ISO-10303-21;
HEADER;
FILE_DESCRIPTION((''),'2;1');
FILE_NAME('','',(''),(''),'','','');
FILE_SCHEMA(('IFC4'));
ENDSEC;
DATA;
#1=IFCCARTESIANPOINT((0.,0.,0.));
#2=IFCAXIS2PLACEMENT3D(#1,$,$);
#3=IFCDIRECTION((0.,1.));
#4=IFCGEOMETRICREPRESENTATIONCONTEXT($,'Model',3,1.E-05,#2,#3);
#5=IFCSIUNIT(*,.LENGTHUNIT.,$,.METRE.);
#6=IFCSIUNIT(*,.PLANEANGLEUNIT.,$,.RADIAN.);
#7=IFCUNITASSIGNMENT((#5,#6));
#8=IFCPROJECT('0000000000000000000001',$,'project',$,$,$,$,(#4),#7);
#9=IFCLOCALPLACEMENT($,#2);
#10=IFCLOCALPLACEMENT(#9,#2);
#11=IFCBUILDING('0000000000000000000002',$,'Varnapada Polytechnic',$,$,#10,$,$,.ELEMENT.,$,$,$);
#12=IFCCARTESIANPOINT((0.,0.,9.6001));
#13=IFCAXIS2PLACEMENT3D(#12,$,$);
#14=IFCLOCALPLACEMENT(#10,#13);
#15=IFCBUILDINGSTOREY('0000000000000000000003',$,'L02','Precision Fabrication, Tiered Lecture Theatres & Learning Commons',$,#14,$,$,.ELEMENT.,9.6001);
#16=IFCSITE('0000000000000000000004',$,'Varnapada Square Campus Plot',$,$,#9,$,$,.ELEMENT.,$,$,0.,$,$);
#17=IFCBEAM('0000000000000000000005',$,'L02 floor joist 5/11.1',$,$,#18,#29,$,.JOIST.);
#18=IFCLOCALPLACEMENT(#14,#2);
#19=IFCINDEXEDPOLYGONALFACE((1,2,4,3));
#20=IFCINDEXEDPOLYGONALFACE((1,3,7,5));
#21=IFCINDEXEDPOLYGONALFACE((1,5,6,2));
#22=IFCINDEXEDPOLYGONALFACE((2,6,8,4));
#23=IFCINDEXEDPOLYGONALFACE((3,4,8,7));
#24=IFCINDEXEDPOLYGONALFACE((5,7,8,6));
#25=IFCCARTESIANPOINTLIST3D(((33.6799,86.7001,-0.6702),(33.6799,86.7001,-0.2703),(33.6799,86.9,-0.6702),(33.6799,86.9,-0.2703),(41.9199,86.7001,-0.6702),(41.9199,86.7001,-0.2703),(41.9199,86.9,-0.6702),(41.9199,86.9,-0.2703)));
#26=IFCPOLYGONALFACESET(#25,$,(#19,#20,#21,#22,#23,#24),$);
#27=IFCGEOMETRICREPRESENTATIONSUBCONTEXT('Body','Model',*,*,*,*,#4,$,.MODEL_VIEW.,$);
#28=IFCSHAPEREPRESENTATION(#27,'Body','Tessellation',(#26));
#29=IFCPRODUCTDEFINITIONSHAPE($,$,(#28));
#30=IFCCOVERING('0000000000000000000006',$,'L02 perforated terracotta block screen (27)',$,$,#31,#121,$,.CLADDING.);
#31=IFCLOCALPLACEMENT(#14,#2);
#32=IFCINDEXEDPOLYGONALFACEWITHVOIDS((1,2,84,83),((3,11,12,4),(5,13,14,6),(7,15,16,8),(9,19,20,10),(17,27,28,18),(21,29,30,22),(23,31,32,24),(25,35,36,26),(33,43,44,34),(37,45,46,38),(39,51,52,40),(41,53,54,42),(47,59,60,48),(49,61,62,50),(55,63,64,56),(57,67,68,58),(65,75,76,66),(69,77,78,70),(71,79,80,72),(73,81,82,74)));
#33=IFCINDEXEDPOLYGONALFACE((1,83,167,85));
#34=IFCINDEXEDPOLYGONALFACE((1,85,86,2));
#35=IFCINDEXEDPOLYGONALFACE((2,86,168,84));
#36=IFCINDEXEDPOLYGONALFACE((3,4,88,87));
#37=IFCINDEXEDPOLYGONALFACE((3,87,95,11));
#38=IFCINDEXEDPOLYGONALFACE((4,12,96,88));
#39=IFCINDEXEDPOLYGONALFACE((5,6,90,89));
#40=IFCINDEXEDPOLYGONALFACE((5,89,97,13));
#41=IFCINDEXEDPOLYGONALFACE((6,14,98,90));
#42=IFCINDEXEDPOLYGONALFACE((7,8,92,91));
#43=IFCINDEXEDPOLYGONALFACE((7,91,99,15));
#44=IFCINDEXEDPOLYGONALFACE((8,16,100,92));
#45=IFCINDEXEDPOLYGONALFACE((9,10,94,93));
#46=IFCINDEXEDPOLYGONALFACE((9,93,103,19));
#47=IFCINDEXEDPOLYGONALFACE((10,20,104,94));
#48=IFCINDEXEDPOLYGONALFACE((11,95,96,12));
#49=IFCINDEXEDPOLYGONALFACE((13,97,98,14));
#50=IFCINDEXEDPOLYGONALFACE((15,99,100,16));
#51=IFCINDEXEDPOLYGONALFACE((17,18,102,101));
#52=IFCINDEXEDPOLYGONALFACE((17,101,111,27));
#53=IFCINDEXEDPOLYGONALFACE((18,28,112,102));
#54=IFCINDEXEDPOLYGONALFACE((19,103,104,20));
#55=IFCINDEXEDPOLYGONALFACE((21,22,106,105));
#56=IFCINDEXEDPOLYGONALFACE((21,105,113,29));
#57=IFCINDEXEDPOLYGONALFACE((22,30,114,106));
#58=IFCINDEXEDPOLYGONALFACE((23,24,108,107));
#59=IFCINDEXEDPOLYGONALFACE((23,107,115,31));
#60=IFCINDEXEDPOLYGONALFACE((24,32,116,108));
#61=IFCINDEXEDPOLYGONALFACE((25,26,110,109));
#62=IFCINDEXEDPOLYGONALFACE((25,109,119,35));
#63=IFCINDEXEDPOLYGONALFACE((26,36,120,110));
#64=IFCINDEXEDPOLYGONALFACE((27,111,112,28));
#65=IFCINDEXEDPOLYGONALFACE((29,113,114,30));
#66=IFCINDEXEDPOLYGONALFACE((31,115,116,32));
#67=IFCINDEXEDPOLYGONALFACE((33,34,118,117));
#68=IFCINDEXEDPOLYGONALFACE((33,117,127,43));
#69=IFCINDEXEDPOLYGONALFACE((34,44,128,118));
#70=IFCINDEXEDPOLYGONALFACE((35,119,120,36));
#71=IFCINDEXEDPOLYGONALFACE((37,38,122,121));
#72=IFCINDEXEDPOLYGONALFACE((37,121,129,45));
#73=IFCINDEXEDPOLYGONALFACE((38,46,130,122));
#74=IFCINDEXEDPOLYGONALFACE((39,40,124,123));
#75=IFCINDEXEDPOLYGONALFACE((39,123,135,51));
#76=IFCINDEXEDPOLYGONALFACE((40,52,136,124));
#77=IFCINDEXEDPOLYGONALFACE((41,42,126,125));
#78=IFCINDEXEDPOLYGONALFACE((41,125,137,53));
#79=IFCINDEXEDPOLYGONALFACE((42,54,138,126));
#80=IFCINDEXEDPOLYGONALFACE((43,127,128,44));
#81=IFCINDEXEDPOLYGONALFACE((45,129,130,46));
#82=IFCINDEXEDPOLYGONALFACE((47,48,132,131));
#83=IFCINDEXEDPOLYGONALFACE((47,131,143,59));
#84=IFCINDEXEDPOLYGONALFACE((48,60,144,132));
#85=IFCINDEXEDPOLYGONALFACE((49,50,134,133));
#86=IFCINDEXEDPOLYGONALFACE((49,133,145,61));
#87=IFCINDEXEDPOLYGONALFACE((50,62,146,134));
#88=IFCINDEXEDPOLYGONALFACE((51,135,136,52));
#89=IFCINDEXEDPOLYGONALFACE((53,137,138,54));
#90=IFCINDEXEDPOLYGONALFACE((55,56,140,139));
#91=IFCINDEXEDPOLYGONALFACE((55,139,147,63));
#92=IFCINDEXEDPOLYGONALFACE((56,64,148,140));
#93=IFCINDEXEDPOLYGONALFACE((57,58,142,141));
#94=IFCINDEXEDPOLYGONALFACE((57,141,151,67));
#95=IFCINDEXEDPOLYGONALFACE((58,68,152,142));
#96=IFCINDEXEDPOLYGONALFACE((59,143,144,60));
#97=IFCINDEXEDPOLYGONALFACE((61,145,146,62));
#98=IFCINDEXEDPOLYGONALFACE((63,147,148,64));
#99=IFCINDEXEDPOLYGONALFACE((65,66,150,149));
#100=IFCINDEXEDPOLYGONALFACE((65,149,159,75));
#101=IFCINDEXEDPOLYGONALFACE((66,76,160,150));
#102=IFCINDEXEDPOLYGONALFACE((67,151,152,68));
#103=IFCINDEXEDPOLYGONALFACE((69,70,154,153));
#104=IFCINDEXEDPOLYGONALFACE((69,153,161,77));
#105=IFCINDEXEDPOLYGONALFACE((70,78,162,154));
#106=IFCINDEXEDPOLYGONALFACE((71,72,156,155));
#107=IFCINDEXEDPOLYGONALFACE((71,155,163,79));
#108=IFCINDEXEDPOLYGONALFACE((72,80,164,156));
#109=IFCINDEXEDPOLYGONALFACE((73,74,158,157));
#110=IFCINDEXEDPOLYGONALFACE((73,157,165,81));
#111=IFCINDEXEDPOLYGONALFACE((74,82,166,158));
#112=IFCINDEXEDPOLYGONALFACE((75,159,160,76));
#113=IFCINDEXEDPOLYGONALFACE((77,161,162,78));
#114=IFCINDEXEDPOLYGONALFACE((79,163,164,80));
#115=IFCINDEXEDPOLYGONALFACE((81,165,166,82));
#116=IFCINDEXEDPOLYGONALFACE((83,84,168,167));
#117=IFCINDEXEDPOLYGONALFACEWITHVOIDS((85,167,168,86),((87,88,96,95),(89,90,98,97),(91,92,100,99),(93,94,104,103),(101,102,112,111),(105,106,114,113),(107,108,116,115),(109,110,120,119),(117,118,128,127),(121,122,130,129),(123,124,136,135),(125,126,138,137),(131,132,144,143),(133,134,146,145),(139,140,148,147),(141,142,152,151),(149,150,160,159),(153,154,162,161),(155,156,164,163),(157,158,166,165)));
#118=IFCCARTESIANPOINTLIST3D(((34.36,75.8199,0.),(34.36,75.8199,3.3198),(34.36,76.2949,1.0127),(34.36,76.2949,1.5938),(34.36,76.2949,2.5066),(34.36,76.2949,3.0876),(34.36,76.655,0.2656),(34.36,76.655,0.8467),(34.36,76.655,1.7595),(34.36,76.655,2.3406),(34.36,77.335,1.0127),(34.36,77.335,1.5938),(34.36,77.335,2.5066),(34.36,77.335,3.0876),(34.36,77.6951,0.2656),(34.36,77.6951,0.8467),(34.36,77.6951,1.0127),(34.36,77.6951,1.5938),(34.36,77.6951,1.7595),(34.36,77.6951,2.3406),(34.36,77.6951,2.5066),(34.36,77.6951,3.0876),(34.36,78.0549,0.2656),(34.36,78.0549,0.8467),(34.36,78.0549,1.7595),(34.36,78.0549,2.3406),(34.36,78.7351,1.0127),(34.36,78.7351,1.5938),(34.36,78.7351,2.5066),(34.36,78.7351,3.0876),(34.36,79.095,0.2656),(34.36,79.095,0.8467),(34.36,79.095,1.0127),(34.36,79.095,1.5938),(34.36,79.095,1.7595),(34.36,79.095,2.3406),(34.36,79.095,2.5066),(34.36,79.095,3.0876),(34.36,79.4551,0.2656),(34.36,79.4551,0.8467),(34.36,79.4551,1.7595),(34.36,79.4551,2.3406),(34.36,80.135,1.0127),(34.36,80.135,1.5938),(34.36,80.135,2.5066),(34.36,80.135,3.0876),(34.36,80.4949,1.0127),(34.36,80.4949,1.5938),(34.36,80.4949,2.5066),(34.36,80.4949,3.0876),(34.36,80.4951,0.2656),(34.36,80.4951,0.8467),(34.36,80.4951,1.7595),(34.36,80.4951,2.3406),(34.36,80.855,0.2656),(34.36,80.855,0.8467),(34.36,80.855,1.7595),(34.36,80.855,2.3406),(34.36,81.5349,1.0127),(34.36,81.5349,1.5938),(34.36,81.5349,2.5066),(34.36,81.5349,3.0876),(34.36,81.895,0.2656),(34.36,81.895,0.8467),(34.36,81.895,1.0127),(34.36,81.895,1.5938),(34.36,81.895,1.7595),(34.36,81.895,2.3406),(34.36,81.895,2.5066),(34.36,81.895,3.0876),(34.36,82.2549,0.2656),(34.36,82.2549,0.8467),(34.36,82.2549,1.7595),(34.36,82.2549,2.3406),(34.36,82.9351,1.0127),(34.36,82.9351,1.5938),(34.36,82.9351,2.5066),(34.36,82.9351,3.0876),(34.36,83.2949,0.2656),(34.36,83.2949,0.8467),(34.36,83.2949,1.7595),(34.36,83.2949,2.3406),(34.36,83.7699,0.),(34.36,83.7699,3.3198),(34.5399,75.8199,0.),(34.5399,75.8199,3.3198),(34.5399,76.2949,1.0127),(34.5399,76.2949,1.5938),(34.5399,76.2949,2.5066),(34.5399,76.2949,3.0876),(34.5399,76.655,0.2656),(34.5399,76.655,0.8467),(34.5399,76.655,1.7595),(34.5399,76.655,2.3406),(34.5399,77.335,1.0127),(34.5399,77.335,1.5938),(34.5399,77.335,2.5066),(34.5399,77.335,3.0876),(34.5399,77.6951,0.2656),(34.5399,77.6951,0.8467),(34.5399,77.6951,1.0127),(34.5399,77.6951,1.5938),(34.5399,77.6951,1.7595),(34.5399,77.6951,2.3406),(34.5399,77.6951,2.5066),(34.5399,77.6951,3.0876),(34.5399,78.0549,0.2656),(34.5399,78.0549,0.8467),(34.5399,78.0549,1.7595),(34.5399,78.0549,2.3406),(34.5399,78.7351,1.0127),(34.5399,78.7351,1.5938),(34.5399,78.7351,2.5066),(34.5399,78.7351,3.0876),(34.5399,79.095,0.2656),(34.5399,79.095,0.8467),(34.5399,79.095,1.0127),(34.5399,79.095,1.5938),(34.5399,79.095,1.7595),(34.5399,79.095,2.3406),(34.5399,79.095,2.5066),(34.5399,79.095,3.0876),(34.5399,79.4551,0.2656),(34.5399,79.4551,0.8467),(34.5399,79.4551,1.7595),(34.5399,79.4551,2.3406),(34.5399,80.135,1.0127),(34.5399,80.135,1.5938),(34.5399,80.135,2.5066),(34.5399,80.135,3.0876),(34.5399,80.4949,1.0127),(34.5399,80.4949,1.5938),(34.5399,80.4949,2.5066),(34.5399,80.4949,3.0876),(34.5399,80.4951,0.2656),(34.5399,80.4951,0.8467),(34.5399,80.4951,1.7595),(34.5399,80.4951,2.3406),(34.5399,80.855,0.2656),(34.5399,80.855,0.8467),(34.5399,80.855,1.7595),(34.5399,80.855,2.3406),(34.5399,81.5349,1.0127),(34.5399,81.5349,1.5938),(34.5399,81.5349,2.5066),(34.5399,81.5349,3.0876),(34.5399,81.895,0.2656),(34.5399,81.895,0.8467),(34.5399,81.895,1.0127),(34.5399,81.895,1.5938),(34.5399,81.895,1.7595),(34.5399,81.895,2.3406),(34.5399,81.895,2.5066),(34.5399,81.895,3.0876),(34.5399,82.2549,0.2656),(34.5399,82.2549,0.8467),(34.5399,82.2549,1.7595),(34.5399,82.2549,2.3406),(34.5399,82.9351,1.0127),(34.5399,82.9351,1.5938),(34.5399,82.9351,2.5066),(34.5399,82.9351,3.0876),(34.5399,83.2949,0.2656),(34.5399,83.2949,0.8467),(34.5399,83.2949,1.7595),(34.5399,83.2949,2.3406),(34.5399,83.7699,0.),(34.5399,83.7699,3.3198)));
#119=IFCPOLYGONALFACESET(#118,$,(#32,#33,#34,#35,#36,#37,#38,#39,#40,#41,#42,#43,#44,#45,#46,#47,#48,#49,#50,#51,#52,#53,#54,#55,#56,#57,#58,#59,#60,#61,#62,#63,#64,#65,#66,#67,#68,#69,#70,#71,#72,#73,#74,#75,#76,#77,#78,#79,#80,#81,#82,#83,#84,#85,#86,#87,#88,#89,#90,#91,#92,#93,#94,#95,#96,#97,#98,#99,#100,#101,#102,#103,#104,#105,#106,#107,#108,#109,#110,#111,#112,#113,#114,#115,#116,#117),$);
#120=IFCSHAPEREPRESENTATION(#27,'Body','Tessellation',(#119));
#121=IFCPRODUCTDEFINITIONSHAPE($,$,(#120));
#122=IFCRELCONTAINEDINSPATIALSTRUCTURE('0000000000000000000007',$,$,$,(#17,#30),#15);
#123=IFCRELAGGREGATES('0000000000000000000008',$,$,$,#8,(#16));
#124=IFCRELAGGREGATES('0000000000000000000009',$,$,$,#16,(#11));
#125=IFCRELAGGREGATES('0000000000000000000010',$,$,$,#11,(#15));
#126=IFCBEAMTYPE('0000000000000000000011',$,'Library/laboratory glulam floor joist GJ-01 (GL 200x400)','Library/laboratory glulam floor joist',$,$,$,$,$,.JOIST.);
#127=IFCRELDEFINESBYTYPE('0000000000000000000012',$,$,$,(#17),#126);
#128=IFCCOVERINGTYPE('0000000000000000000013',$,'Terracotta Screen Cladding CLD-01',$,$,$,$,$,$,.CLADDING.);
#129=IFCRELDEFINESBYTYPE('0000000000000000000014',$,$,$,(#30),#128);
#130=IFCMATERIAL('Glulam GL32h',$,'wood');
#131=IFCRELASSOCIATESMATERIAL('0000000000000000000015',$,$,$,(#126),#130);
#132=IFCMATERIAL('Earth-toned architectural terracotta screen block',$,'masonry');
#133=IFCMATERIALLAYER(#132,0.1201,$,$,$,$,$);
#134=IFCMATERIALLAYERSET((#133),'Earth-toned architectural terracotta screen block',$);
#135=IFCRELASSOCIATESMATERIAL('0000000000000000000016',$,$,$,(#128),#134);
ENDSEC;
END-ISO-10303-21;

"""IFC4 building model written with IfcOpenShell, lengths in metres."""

from ifc_helpers import new_model, si_unit, direction, frame, frame_2d, origin, origin_2d, place, context, subcontext, project, spatial, rectangle, extrude, material, layer, layer_set, material_profile, profile_set, type_object, element, save


model = new_model("IFC4")

# Units and contexts
model_context = context("Model", 3, precision=1e-05, world=origin(), true_north=direction((0.0, 1.0)))
body_context = subcontext(model_context, "Body", "Model", "MODEL_VIEW")
ifc_project = project(units=[si_unit("LENGTHUNIT", "METRE"), si_unit("PLANEANGLEUNIT", "RADIAN")], contexts=[model_context])

# Site, building, storey
site_placement = place(None, origin())
site = spatial("IfcSite", under=ifc_project, at=site_placement, Name="Varnapada Square Campus Plot", CompositionType="ELEMENT", RefElevation=0.0)
building_placement = place(site_placement, origin())
building = spatial("IfcBuilding", under=site, at=building_placement, Name="Varnapada Polytechnic", CompositionType="ELEMENT")
storey_placement = place(building_placement, frame((0.0, 0.0, 9.6001)))
storey = spatial("IfcBuildingStorey", under=building, at=storey_placement, Name="L02", Description="Precision Fabrication, Tiered Lecture Theatres & Learning Commons", CompositionType="ELEMENT", Elevation=9.6001)

# Beam
ifc_material_1 = material(Name="Glulam GL32h", Category="wood")
ifc_material_profile = material_profile(ifc_material_1, rectangle(XDim=0.2, YDim=0.3999, at=origin_2d()), Name="GL 200x400")
ifc_profile_set = profile_set([ifc_material_profile], Name="Glulam GL32h")
beam_type = type_object("IfcBeamType", Name="Library/laboratory glulam floor joist GJ-01 (GL 200x400)", Description="Library/laboratory glulam floor joist", PredefinedType="JOIST", material=ifc_profile_set)
beam_placement = place(storey_placement, frame((33.6799, 86.8, -0.4702), z_axis=(1.0, 0.0, 0.0), x_axis=(0.0, 1.0, 0.0)))
element("IfcBeam", 1, at=beam_placement, inside=storey, type_object=beam_type, Name="L02 floor joist 5/11.1", PredefinedType="JOIST", context=body_context, shape_type="SweptSolid", body=[
    extrude(rectangle(XDim=0.2, YDim=0.3999, at=origin_2d()), origin(), (0.0, 0.0, 1.0), 8.24),
])

# Covering, openings
ifc_material_2 = material(Name="Earth-toned architectural terracotta screen block", Category="masonry")
ifc_layer = layer(ifc_material_2, 0.1201)
ifc_layer_set = layer_set([ifc_layer], Name="Earth-toned architectural terracotta screen block")
covering_type = type_object("IfcCoveringType", Name="Terracotta Screen Cladding CLD-01", PredefinedType="CLADDING", material=ifc_layer_set)
covering_placement = place(storey_placement, frame((34.45, 83.77, 0.0), z_axis=(0.0, 0.0, 1.0), x_axis=(0.0, -1.0, 0.0)))
covering = element("IfcCovering", 2, at=covering_placement, inside=storey, type_object=covering_type, Name="L02 perforated terracotta block screen (27)", PredefinedType="CLADDING", context=body_context, shape_type="SweptSolid", body=[
    extrude(rectangle(XDim=7.95, YDim=0.1799, at=frame_2d((3.9751, 0.0))), origin(), (0.0, 0.0, 1.0), 3.3198),
])
opening_1_placement = place(covering_placement, frame((0.4751, 0.0, 0.2656)))
element("IfcOpeningElement", 3, at=opening_1_placement, cuts=covering, PredefinedType="OPENING", context=body_context, shape_type="SweptSolid", body=[
    extrude(rectangle(XDim=1.04, YDim=0.5811, at=frame_2d((0.52, 0.2905))), frame((0.0, 0.0999, 0.0), z_axis=(0.0, -1.0, 0.0), x_axis=(1.0, 0.0, 0.0)), (0.0, 0.0, 1.0), 0.2),
])
opening_2_placement = place(covering_placement, frame((1.875, 0.0, 0.2656)))
element("IfcOpeningElement", 4, at=opening_2_placement, cuts=covering, PredefinedType="OPENING", context=body_context, shape_type="SweptSolid", body=[
    extrude(rectangle(XDim=1.04, YDim=0.5811, at=frame_2d((0.52, 0.2905))), frame((0.0, 0.0999, 0.0), z_axis=(0.0, -1.0, 0.0), x_axis=(1.0, 0.0, 0.0)), (0.0, 0.0, 1.0), 0.2),
])
opening_3_placement = place(covering_placement, frame((3.2749, 0.0, 0.2656)))
element("IfcOpeningElement", 5, at=opening_3_placement, cuts=covering, PredefinedType="OPENING", context=body_context, shape_type="SweptSolid", body=[
    extrude(rectangle(XDim=1.04, YDim=0.5811, at=frame_2d((0.52, 0.2905))), frame((0.0, 0.0999, 0.0), z_axis=(0.0, -1.0, 0.0), x_axis=(1.0, 0.0, 0.0)), (0.0, 0.0, 1.0), 0.2),
])
opening_4_placement = place(covering_placement, frame((4.675, 0.0, 0.2656)))
element("IfcOpeningElement", 6, at=opening_4_placement, cuts=covering, PredefinedType="OPENING", context=body_context, shape_type="SweptSolid", body=[
    extrude(rectangle(XDim=1.04, YDim=0.5811, at=frame_2d((0.52, 0.2905))), frame((0.0, 0.0999, 0.0), z_axis=(0.0, -1.0, 0.0), x_axis=(1.0, 0.0, 0.0)), (0.0, 0.0, 1.0), 0.2),
])
opening_5_placement = place(covering_placement, frame((6.075, 0.0, 0.2656)))
element("IfcOpeningElement", 7, at=opening_5_placement, cuts=covering, PredefinedType="OPENING", context=body_context, shape_type="SweptSolid", body=[
    extrude(rectangle(XDim=1.04, YDim=0.5811, at=frame_2d((0.52, 0.2905))), frame((0.0, 0.0999, 0.0), z_axis=(0.0, -1.0, 0.0), x_axis=(1.0, 0.0, 0.0)), (0.0, 0.0, 1.0), 0.2),
])
opening_6_placement = place(covering_placement, frame((0.835, 0.0, 1.0127)))
element("IfcOpeningElement", 8, at=opening_6_placement, cuts=covering, PredefinedType="OPENING", context=body_context, shape_type="SweptSolid", body=[
    extrude(rectangle(XDim=1.04, YDim=0.5811, at=frame_2d((0.52, 0.2905))), frame((0.0, 0.0999, 0.0), z_axis=(0.0, -1.0, 0.0), x_axis=(1.0, 0.0, 0.0)), (0.0, 0.0, 1.0), 0.2),
])
opening_7_placement = place(covering_placement, frame((2.2351, 0.0, 1.0127)))
element("IfcOpeningElement", 9, at=opening_7_placement, cuts=covering, PredefinedType="OPENING", context=body_context, shape_type="SweptSolid", body=[
    extrude(rectangle(XDim=1.04, YDim=0.5811, at=frame_2d((0.52, 0.2905))), frame((0.0, 0.0999, 0.0), z_axis=(0.0, -1.0, 0.0), x_axis=(1.0, 0.0, 0.0)), (0.0, 0.0, 1.0), 0.2),
])
opening_8_placement = place(covering_placement, frame((3.635, 0.0, 1.0127)))
element("IfcOpeningElement", 10, at=opening_8_placement, cuts=covering, PredefinedType="OPENING", context=body_context, shape_type="SweptSolid", body=[
    extrude(rectangle(XDim=1.04, YDim=0.5811, at=frame_2d((0.52, 0.2905))), frame((0.0, 0.0999, 0.0), z_axis=(0.0, -1.0, 0.0), x_axis=(1.0, 0.0, 0.0)), (0.0, 0.0, 1.0), 0.2),
])
opening_9_placement = place(covering_placement, frame((5.0349, 0.0, 1.0127)))
element("IfcOpeningElement", 11, at=opening_9_placement, cuts=covering, PredefinedType="OPENING", context=body_context, shape_type="SweptSolid", body=[
    extrude(rectangle(XDim=1.04, YDim=0.5811, at=frame_2d((0.52, 0.2905))), frame((0.0, 0.0999, 0.0), z_axis=(0.0, -1.0, 0.0), x_axis=(1.0, 0.0, 0.0)), (0.0, 0.0, 1.0), 0.2),
])
opening_10_placement = place(covering_placement, frame((6.4351, 0.0, 1.0127)))
element("IfcOpeningElement", 12, at=opening_10_placement, cuts=covering, PredefinedType="OPENING", context=body_context, shape_type="SweptSolid", body=[
    extrude(rectangle(XDim=1.04, YDim=0.5811, at=frame_2d((0.52, 0.2905))), frame((0.0, 0.0999, 0.0), z_axis=(0.0, -1.0, 0.0), x_axis=(1.0, 0.0, 0.0)), (0.0, 0.0, 1.0), 0.2),
])
opening_11_placement = place(covering_placement, frame((0.4751, 0.0, 1.7595)))
element("IfcOpeningElement", 13, at=opening_11_placement, cuts=covering, PredefinedType="OPENING", context=body_context, shape_type="SweptSolid", body=[
    extrude(rectangle(XDim=1.04, YDim=0.5811, at=frame_2d((0.52, 0.2905))), frame((0.0, 0.0999, 0.0), z_axis=(0.0, -1.0, 0.0), x_axis=(1.0, 0.0, 0.0)), (0.0, 0.0, 1.0), 0.2),
])
opening_12_placement = place(covering_placement, frame((1.875, 0.0, 1.7595)))
element("IfcOpeningElement", 14, at=opening_12_placement, cuts=covering, PredefinedType="OPENING", context=body_context, shape_type="SweptSolid", body=[
    extrude(rectangle(XDim=1.04, YDim=0.5811, at=frame_2d((0.52, 0.2905))), frame((0.0, 0.0999, 0.0), z_axis=(0.0, -1.0, 0.0), x_axis=(1.0, 0.0, 0.0)), (0.0, 0.0, 1.0), 0.2),
])
opening_13_placement = place(covering_placement, frame((3.2749, 0.0, 1.7595)))
element("IfcOpeningElement", 15, at=opening_13_placement, cuts=covering, PredefinedType="OPENING", context=body_context, shape_type="SweptSolid", body=[
    extrude(rectangle(XDim=1.04, YDim=0.5811, at=frame_2d((0.52, 0.2905))), frame((0.0, 0.0999, 0.0), z_axis=(0.0, -1.0, 0.0), x_axis=(1.0, 0.0, 0.0)), (0.0, 0.0, 1.0), 0.2),
])
opening_14_placement = place(covering_placement, frame((4.675, 0.0, 1.7595)))
element("IfcOpeningElement", 16, at=opening_14_placement, cuts=covering, PredefinedType="OPENING", context=body_context, shape_type="SweptSolid", body=[
    extrude(rectangle(XDim=1.04, YDim=0.5811, at=frame_2d((0.52, 0.2905))), frame((0.0, 0.0999, 0.0), z_axis=(0.0, -1.0, 0.0), x_axis=(1.0, 0.0, 0.0)), (0.0, 0.0, 1.0), 0.2),
])
opening_15_placement = place(covering_placement, frame((6.075, 0.0, 1.7595)))
element("IfcOpeningElement", 17, at=opening_15_placement, cuts=covering, PredefinedType="OPENING", context=body_context, shape_type="SweptSolid", body=[
    extrude(rectangle(XDim=1.04, YDim=0.5811, at=frame_2d((0.52, 0.2905))), frame((0.0, 0.0999, 0.0), z_axis=(0.0, -1.0, 0.0), x_axis=(1.0, 0.0, 0.0)), (0.0, 0.0, 1.0), 0.2),
])
opening_16_placement = place(covering_placement, frame((0.835, 0.0, 2.5066)))
element("IfcOpeningElement", 18, at=opening_16_placement, cuts=covering, PredefinedType="OPENING", context=body_context, shape_type="SweptSolid", body=[
    extrude(rectangle(XDim=1.04, YDim=0.5811, at=frame_2d((0.52, 0.2905))), frame((0.0, 0.0999, 0.0), z_axis=(0.0, -1.0, 0.0), x_axis=(1.0, 0.0, 0.0)), (0.0, 0.0, 1.0), 0.2),
])
opening_17_placement = place(covering_placement, frame((2.2351, 0.0, 2.5066)))
element("IfcOpeningElement", 19, at=opening_17_placement, cuts=covering, PredefinedType="OPENING", context=body_context, shape_type="SweptSolid", body=[
    extrude(rectangle(XDim=1.04, YDim=0.5811, at=frame_2d((0.52, 0.2905))), frame((0.0, 0.0999, 0.0), z_axis=(0.0, -1.0, 0.0), x_axis=(1.0, 0.0, 0.0)), (0.0, 0.0, 1.0), 0.2),
])
opening_18_placement = place(covering_placement, frame((3.635, 0.0, 2.5066)))
element("IfcOpeningElement", 20, at=opening_18_placement, cuts=covering, PredefinedType="OPENING", context=body_context, shape_type="SweptSolid", body=[
    extrude(rectangle(XDim=1.04, YDim=0.5811, at=frame_2d((0.52, 0.2905))), frame((0.0, 0.0999, 0.0), z_axis=(0.0, -1.0, 0.0), x_axis=(1.0, 0.0, 0.0)), (0.0, 0.0, 1.0), 0.2),
])
opening_19_placement = place(covering_placement, frame((5.0349, 0.0, 2.5066)))
element("IfcOpeningElement", 21, at=opening_19_placement, cuts=covering, PredefinedType="OPENING", context=body_context, shape_type="SweptSolid", body=[
    extrude(rectangle(XDim=1.04, YDim=0.5811, at=frame_2d((0.52, 0.2905))), frame((0.0, 0.0999, 0.0), z_axis=(0.0, -1.0, 0.0), x_axis=(1.0, 0.0, 0.0)), (0.0, 0.0, 1.0), 0.2),
])
opening_20_placement = place(covering_placement, frame((6.4351, 0.0, 2.5066)))
element("IfcOpeningElement", 22, at=opening_20_placement, cuts=covering, PredefinedType="OPENING", context=body_context, shape_type="SweptSolid", body=[
    extrude(rectangle(XDim=1.04, YDim=0.5811, at=frame_2d((0.52, 0.2905))), frame((0.0, 0.0999, 0.0), z_axis=(0.0, -1.0, 0.0), x_axis=(1.0, 0.0, 0.0)), (0.0, 0.0, 1.0), 0.2),
])

save(model, "model.ifc")
